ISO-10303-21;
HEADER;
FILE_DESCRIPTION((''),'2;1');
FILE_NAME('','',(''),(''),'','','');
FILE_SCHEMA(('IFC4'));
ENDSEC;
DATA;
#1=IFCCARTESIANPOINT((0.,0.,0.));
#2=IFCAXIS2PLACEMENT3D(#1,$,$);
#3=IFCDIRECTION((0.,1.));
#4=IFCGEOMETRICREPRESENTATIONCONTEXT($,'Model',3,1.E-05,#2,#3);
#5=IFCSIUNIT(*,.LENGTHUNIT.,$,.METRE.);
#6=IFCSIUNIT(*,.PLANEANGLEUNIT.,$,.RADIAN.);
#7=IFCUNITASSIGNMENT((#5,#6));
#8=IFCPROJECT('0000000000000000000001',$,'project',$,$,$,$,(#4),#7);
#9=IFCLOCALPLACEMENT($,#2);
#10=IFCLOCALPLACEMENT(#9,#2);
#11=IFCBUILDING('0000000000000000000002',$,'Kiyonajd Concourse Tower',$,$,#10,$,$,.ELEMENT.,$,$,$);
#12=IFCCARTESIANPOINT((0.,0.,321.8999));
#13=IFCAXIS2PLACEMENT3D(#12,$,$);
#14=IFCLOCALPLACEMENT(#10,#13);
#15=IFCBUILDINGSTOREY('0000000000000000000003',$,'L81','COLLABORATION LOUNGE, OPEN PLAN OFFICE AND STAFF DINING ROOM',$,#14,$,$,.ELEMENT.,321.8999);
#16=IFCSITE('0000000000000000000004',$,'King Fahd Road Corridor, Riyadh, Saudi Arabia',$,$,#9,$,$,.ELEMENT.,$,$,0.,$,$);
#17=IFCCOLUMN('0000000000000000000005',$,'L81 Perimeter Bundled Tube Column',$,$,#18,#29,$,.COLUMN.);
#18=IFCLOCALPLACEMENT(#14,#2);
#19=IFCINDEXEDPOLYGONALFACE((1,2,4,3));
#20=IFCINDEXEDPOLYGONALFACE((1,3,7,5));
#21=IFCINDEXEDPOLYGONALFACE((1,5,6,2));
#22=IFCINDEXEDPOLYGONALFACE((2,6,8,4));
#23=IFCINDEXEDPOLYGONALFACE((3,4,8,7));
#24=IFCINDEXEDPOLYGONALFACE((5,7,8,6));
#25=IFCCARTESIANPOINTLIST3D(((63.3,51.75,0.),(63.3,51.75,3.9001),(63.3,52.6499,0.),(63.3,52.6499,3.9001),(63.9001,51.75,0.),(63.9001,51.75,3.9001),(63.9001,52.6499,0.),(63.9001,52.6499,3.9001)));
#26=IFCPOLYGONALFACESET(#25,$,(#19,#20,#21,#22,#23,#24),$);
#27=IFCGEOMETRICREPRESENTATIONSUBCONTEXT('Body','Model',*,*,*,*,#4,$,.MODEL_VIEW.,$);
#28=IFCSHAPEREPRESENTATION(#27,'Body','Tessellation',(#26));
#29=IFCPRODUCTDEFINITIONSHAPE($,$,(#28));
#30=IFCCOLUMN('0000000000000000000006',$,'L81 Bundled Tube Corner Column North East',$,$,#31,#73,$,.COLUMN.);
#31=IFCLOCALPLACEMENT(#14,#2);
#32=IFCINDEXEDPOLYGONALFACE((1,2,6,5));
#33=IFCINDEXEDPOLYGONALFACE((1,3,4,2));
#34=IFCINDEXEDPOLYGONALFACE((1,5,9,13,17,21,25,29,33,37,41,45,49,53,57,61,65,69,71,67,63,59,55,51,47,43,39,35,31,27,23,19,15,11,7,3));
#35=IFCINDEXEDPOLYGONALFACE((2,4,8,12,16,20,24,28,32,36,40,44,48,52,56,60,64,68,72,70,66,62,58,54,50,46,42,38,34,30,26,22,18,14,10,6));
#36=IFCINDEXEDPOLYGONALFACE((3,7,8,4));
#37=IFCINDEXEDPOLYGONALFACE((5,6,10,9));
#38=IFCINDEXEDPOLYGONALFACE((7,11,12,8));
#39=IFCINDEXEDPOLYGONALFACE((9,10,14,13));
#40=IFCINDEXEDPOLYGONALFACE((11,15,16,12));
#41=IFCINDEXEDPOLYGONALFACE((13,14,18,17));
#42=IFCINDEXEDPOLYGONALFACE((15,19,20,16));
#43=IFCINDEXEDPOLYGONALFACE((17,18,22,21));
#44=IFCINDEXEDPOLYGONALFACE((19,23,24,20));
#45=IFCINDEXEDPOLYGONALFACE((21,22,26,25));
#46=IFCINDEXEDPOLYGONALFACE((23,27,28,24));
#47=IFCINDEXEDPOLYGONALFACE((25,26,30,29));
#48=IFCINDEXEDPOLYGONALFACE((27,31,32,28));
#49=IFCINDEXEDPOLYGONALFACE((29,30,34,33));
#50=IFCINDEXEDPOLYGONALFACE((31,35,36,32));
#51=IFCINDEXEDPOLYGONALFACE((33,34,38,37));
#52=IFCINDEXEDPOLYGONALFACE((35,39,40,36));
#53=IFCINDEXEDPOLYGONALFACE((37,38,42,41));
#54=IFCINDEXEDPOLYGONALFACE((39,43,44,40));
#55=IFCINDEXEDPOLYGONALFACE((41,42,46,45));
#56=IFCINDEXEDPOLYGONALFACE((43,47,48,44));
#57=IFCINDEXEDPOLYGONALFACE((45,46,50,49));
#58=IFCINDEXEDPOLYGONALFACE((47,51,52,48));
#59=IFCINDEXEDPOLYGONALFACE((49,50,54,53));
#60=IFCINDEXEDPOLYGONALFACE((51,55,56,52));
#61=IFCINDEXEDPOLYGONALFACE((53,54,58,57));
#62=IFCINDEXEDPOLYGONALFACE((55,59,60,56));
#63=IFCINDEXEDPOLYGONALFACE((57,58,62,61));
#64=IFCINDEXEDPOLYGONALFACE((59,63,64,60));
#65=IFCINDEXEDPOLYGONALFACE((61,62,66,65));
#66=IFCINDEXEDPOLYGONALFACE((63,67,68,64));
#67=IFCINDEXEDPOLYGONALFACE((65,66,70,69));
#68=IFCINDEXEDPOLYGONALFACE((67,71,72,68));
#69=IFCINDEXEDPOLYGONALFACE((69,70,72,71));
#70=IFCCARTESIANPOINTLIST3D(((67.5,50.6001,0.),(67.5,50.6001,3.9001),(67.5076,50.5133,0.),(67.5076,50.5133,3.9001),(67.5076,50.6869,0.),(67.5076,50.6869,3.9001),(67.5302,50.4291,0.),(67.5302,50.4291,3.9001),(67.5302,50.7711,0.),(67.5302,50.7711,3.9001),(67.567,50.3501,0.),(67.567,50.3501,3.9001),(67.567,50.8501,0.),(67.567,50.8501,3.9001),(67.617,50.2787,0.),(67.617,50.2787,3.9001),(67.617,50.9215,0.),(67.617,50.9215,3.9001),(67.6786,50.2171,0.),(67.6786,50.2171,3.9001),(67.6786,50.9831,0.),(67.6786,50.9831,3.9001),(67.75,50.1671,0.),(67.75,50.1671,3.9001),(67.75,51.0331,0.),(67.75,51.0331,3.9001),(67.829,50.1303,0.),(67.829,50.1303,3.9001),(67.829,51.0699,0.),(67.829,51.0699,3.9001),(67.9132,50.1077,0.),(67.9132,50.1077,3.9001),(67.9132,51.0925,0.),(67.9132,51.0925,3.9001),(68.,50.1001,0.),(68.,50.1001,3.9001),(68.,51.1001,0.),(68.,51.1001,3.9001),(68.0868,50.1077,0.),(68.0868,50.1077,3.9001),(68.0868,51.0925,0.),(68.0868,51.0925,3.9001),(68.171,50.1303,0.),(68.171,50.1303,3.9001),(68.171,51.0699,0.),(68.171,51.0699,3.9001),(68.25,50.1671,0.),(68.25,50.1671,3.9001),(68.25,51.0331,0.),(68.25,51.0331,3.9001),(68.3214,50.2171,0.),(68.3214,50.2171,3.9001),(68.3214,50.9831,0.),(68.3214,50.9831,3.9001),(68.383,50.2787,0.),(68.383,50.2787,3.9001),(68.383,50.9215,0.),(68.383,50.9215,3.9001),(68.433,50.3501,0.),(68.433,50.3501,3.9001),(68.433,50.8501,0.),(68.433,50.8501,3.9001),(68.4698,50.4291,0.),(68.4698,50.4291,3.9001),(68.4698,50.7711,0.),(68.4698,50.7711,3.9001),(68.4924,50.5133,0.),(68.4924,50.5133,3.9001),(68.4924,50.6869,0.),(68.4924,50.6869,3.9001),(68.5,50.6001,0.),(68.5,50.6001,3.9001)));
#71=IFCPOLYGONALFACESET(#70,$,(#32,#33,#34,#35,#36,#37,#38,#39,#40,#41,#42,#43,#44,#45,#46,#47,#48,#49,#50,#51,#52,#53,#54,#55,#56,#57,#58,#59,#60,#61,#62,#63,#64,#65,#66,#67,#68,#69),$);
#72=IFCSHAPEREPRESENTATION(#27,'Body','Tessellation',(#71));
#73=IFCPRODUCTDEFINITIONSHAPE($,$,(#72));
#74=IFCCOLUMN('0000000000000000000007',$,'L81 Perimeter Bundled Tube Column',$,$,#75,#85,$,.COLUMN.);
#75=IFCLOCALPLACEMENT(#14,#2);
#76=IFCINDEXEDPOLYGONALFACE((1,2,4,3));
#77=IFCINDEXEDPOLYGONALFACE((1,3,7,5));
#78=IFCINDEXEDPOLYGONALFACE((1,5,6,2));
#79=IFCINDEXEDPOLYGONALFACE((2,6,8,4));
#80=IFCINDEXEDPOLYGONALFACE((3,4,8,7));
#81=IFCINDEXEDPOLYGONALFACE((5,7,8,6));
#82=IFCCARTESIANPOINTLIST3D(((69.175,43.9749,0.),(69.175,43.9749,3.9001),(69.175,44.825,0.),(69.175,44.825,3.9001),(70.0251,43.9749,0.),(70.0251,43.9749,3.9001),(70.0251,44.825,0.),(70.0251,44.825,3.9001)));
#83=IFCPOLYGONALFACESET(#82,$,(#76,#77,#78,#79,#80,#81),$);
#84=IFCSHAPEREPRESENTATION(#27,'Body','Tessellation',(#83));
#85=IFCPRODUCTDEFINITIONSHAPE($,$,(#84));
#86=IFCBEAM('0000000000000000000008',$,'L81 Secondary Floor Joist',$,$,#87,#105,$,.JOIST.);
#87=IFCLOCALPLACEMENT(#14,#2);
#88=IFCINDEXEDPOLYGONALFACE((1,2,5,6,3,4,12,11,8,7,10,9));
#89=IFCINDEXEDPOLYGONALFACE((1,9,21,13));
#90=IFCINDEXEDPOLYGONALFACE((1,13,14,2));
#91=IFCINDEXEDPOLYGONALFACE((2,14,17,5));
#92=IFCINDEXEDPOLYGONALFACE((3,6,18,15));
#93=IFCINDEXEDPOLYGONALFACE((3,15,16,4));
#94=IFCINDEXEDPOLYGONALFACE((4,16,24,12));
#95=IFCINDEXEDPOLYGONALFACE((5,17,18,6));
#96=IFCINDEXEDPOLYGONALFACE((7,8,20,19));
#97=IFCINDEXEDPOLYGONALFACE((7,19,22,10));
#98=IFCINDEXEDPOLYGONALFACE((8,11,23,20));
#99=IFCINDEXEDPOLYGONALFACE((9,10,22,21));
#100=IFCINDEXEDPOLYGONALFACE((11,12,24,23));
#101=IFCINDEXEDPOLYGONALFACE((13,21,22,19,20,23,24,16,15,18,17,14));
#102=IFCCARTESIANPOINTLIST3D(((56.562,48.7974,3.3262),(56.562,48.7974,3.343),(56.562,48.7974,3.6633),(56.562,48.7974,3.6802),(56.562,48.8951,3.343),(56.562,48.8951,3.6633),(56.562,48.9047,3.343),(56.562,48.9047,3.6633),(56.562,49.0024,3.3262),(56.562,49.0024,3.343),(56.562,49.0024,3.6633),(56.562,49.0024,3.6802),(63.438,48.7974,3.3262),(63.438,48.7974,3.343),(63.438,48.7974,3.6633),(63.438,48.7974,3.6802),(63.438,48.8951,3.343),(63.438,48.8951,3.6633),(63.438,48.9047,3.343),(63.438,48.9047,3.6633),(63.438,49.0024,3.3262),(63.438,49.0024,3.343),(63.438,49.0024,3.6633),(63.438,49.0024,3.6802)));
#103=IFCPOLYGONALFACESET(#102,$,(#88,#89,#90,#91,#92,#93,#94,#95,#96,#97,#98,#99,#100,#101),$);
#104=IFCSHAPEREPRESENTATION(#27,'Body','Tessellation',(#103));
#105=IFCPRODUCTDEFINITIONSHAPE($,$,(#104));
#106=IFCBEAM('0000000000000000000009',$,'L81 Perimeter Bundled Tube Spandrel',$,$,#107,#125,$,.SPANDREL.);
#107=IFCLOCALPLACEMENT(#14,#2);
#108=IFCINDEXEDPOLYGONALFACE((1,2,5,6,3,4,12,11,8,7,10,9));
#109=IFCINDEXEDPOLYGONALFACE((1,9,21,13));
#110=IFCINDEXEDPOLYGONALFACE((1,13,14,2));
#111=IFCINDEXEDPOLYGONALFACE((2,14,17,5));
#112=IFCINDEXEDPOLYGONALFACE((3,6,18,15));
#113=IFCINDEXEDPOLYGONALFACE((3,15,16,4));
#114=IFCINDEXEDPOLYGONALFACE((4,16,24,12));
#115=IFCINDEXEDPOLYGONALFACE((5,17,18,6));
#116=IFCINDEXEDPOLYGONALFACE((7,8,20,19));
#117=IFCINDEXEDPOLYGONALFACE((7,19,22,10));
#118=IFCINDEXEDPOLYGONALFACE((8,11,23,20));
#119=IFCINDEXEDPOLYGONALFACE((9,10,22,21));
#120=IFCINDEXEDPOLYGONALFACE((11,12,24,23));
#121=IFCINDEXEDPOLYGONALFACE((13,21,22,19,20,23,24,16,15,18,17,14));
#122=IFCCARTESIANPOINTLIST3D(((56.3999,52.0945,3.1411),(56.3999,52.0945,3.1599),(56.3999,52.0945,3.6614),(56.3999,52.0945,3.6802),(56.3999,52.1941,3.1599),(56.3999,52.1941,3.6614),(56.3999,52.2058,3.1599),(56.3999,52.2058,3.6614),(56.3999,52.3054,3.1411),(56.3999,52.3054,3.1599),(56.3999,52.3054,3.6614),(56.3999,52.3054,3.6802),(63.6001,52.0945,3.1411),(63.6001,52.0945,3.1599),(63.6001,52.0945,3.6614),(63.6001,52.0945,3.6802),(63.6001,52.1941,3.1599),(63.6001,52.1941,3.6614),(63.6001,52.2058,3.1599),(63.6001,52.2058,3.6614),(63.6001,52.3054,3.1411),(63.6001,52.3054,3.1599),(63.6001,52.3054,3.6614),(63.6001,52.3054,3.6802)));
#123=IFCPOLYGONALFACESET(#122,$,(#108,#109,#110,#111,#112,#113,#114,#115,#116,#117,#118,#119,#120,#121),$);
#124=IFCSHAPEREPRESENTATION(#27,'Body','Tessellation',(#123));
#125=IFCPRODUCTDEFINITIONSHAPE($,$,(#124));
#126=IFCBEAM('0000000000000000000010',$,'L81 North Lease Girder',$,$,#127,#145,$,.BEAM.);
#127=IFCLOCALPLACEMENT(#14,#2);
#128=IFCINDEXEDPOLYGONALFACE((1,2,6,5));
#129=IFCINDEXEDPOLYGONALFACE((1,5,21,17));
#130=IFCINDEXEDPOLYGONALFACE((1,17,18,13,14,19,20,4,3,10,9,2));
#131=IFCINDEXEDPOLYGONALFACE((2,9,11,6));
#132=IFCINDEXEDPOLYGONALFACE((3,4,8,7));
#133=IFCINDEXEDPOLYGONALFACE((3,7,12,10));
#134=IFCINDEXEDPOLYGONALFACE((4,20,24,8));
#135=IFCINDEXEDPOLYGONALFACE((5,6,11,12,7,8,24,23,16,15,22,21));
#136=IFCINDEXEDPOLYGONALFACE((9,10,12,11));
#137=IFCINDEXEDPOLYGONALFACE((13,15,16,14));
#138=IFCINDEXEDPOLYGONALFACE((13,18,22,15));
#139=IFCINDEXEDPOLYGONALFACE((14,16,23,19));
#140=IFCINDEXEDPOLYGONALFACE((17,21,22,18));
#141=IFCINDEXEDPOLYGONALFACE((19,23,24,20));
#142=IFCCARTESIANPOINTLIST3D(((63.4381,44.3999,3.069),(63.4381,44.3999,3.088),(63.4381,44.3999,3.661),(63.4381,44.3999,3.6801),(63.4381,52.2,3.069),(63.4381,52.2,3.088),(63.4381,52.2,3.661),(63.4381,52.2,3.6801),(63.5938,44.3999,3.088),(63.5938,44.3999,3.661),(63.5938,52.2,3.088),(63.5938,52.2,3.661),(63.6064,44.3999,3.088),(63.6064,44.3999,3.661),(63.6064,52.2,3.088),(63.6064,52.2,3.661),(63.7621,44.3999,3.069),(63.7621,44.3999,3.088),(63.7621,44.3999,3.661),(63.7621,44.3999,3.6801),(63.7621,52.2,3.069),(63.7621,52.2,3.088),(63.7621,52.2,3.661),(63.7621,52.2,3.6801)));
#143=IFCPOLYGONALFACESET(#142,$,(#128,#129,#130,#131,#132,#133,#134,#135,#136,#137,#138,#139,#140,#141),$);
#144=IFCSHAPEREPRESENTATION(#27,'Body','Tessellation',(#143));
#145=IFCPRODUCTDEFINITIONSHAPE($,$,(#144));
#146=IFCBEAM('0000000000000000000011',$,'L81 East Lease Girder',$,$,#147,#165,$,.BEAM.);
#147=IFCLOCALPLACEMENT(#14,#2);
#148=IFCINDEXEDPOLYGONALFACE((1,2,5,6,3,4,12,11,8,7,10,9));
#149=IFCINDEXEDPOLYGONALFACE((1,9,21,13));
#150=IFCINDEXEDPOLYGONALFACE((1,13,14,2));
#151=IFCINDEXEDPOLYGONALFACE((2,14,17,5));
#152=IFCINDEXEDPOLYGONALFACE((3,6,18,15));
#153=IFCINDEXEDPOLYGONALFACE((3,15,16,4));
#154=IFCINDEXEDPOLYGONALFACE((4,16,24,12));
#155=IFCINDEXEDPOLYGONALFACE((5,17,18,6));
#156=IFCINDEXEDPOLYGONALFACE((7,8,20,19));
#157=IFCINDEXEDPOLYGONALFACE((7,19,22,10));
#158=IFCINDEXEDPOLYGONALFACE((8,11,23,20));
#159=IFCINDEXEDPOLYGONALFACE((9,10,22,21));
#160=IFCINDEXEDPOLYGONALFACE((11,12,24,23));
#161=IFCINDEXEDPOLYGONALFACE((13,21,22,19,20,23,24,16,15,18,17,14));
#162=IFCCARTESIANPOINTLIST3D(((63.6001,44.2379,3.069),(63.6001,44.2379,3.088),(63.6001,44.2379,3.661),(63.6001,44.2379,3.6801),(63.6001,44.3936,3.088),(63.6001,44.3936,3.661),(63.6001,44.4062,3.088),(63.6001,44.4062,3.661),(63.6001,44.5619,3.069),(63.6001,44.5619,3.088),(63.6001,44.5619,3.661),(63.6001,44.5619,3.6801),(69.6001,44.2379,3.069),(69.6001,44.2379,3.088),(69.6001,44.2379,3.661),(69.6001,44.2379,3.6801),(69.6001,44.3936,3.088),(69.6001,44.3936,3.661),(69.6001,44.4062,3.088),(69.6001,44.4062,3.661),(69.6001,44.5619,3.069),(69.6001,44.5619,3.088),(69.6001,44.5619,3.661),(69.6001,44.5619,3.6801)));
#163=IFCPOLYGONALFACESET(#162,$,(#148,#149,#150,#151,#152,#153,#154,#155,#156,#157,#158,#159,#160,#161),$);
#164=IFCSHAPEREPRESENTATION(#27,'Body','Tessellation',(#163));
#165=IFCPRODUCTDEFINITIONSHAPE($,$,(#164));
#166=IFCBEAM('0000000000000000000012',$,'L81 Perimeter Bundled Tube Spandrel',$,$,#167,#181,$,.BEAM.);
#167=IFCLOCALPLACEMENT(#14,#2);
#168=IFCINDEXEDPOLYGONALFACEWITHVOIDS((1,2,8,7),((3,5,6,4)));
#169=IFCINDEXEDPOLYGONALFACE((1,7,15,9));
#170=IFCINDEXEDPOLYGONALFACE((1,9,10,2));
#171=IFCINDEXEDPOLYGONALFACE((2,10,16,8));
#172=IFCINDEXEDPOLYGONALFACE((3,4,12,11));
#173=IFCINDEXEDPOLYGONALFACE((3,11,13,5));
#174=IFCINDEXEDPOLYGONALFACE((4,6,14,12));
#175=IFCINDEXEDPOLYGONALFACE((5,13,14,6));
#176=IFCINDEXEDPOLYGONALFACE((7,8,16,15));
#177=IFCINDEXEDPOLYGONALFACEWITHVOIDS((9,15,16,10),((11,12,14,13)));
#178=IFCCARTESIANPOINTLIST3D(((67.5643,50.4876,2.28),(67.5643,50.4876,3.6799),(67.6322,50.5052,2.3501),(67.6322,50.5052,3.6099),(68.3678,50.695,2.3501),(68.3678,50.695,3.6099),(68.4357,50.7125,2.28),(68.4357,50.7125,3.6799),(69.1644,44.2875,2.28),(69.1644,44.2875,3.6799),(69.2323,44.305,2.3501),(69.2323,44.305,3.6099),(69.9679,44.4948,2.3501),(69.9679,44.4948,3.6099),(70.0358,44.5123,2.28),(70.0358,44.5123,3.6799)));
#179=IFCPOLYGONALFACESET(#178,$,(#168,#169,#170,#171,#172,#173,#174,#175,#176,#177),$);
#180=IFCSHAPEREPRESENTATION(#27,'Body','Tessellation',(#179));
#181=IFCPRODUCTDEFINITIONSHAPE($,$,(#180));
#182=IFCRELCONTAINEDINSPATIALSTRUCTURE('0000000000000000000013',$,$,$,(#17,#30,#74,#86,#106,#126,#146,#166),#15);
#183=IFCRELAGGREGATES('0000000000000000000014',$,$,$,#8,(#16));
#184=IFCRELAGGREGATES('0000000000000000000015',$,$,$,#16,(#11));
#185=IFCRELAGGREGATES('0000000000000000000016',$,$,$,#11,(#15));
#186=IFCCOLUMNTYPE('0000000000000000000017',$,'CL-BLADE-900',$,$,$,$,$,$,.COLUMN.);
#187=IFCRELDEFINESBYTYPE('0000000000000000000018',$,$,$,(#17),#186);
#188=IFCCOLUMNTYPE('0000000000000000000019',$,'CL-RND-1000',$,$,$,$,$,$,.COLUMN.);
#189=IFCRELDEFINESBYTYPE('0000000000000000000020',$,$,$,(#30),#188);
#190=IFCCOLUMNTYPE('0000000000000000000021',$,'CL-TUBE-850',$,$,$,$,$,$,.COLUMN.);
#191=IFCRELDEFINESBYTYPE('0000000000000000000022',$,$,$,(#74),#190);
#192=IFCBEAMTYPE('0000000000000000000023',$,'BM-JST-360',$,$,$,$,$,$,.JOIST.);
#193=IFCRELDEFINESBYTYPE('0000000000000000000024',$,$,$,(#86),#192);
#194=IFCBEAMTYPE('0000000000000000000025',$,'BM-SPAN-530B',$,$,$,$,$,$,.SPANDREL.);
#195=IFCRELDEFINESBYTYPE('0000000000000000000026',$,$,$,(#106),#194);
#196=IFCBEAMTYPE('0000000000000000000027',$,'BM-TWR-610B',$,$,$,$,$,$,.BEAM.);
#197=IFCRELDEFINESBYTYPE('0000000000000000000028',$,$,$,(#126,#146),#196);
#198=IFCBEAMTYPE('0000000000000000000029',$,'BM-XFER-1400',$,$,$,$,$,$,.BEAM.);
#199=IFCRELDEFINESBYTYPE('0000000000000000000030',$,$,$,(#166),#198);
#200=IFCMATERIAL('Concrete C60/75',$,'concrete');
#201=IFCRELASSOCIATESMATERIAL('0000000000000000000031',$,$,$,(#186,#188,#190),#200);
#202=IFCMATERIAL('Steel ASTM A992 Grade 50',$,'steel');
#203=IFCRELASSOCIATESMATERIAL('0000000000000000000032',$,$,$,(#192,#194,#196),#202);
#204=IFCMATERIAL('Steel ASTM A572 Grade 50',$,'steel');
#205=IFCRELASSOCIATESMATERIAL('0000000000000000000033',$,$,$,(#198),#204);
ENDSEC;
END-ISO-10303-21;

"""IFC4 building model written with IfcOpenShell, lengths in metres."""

from ifc_helpers import new_model, si_unit, direction, frame, origin, origin_2d, place, context, subcontext, project, spatial, rectangle, hollow_rectangle, circle, i_section, extrude, material, material_profile, profile_set, type_object, element, save


model = new_model("IFC4")

# Units and contexts
model_context = context("Model", 3, precision=1e-05, world=origin(), true_north=direction((0.0, 1.0)))
body_context = subcontext(model_context, "Body", "Model", "MODEL_VIEW")
ifc_project = project(units=[si_unit("LENGTHUNIT", "METRE"), si_unit("PLANEANGLEUNIT", "RADIAN")], contexts=[model_context])

# Site, building, storey
site_placement = place(None, origin())
site = spatial("IfcSite", under=ifc_project, at=site_placement, Name="King Fahd Road Corridor, Riyadh, Saudi Arabia", CompositionType="ELEMENT", RefElevation=0.0)
building_placement = place(site_placement, origin())
building = spatial("IfcBuilding", under=site, at=building_placement, Name="Kiyonajd Concourse Tower", CompositionType="ELEMENT")
storey_placement = place(building_placement, frame((0.0, 0.0, 321.8999)))
storey = spatial("IfcBuildingStorey", under=building, at=storey_placement, Name="L81", Description="COLLABORATION LOUNGE, OPEN PLAN OFFICE AND STAFF DINING ROOM", CompositionType="ELEMENT", Elevation=321.8999)

# Columns
ifc_material_1 = material(Name="Concrete C60/75", Category="concrete")
ifc_material_profile_1 = material_profile(ifc_material_1, rectangle(XDim=0.6001, YDim=0.8999, at=origin_2d()), Name="RC-900x600")
ifc_profile_set_1 = profile_set([ifc_material_profile_1], Name="Concrete C60/75")
column_type_1 = type_object("IfcColumnType", Name="CL-BLADE-900", PredefinedType="COLUMN", material=ifc_profile_set_1)
column_1_placement = place(storey_placement, frame((63.6001, 52.2, 0.0), z_axis=(0.0, 0.0, 1.0), x_axis=(1.0, 0.0, 0.0)))
element("IfcColumn", 1, at=column_1_placement, inside=storey, type_object=column_type_1, Name="L81 Perimeter Bundled Tube Column", PredefinedType="COLUMN", context=body_context, shape_type="SweptSolid", body=[
    extrude(rectangle(XDim=0.6001, YDim=0.8999, at=origin_2d()), origin(), (0.0, 0.0, 1.0), 3.9001),
])
ifc_material_profile_2 = material_profile(ifc_material_1, circle(Radius=0.5, at=origin_2d()), Name="RCC-D1000")
ifc_profile_set_2 = profile_set([ifc_material_profile_2], Name="Concrete C60/75")
column_type_2 = type_object("IfcColumnType", Name="CL-RND-1000", PredefinedType="COLUMN", material=ifc_profile_set_2)
column_2_placement = place(storey_placement, frame((68.0, 50.6001, 0.0), z_axis=(0.0, 0.0, 1.0), x_axis=(1.0, 0.0, 0.0)))
element("IfcColumn", 2, at=column_2_placement, inside=storey, type_object=column_type_2, Name="L81 Bundled Tube Corner Column North East", PredefinedType="COLUMN", context=body_context, shape_type="SweptSolid", body=[
    extrude(circle(Radius=0.5, at=origin_2d()), origin(), (0.0, 0.0, 1.0), 3.9001),
])
ifc_material_profile_3 = material_profile(ifc_material_1, rectangle(XDim=0.8501, YDim=0.8501, at=origin_2d()), Name="RC-850x850")
ifc_profile_set_3 = profile_set([ifc_material_profile_3], Name="Concrete C60/75")
column_type_3 = type_object("IfcColumnType", Name="CL-TUBE-850", PredefinedType="COLUMN", material=ifc_profile_set_3)
column_3_placement = place(storey_placement, frame((69.6001, 44.3999, 0.0), z_axis=(0.0, 0.0, 1.0), x_axis=(1.0, 0.0, 0.0)))
element("IfcColumn", 3, at=column_3_placement, inside=storey, type_object=column_type_3, Name="L81 Perimeter Bundled Tube Column", PredefinedType="COLUMN", context=body_context, shape_type="SweptSolid", body=[
    extrude(rectangle(XDim=0.8501, YDim=0.8501, at=origin_2d()), origin(), (0.0, 0.0, 1.0), 3.9001),
])

# Beams
ifc_material_2 = material(Name="Steel ASTM A992 Grade 50", Category="steel")
ifc_material_profile_4 = material_profile(ifc_material_2, i_section(OverallWidth=0.2051, OverallDepth=0.354, WebThickness=0.0095, FlangeThickness=0.0168, at=origin_2d()), Name="W360X79")
ifc_profile_set_4 = profile_set([ifc_material_profile_4], Name="Steel ASTM A992 Grade 50")
beam_type_1 = type_object("IfcBeamType", Name="BM-JST-360", PredefinedType="JOIST", material=ifc_profile_set_4)
beam_1_placement = place(storey_placement, frame((56.562, 48.8999, 3.5032), z_axis=(1.0, 0.0, 0.0), x_axis=(0.0, 1.0, 0.0)))
element("IfcBeam", 4, at=beam_1_placement, inside=storey, type_object=beam_type_1, Name="L81 Secondary Floor Joist", PredefinedType="JOIST", context=body_context, shape_type="SweptSolid", body=[
    extrude(i_section(OverallWidth=0.2051, OverallDepth=0.354, WebThickness=0.0095, FlangeThickness=0.0168, at=origin_2d()), origin(), (0.0, 0.0, 1.0), 6.876),
])
ifc_material_profile_5 = material_profile(ifc_material_2, i_section(OverallWidth=0.2109, OverallDepth=0.5391, WebThickness=0.0117, FlangeThickness=0.0188, at=origin_2d()), Name="W530X109")
ifc_profile_set_5 = profile_set([ifc_material_profile_5], Name="Steel ASTM A992 Grade 50")
beam_type_2 = type_object("IfcBeamType", Name="BM-SPAN-530B", PredefinedType="SPANDREL", material=ifc_profile_set_5)
beam_2_placement = place(storey_placement, frame((63.6001, 52.2, 3.4106), z_axis=(-1.0, 0.0, 0.0), x_axis=(0.0, -1.0, 0.0)))
element("IfcBeam", 5, at=beam_2_placement, inside=storey, type_object=beam_type_2, Name="L81 Perimeter Bundled Tube Spandrel", PredefinedType="SPANDREL", context=body_context, shape_type="SweptSolid", body=[
    extrude(i_section(OverallWidth=0.2109, OverallDepth=0.5391, WebThickness=0.0117, FlangeThickness=0.0188, at=origin_2d()), origin(), (0.0, 0.0, 1.0), 7.2002),
])
ifc_material_profile_6 = material_profile(ifc_material_2, i_section(OverallWidth=0.324, OverallDepth=0.6111, WebThickness=0.0127, FlangeThickness=0.019, at=origin_2d()), Name="W610X155")
ifc_profile_set_6 = profile_set([ifc_material_profile_6], Name="Steel ASTM A992 Grade 50")
beam_type_3 = type_object("IfcBeamType", Name="BM-TWR-610B", PredefinedType="BEAM", material=ifc_profile_set_6)
beam_3_placement = place(storey_placement, frame((63.6001, 44.3999, 3.3745), z_axis=(0.0, 1.0, 0.0), x_axis=(-1.0, 0.0, 0.0)))
element("IfcBeam", 6, at=beam_3_placement, inside=storey, type_object=beam_type_3, Name="L81 North Lease Girder", PredefinedType="BEAM", context=body_context, shape_type="SweptSolid", body=[
    extrude(i_section(OverallWidth=0.324, OverallDepth=0.6111, WebThickness=0.0127, FlangeThickness=0.019, at=origin_2d()), origin(), (0.0, 0.0, 1.0), 7.8),
])
beam_4_placement = place(storey_placement, frame((63.6001, 44.3999, 3.3745), z_axis=(1.0, 0.0, 0.0), x_axis=(0.0, 1.0, 0.0)))
element("IfcBeam", 7, at=beam_4_placement, inside=storey, type_object=beam_type_3, Name="L81 East Lease Girder", PredefinedType="BEAM", context=body_context, shape_type="SweptSolid", body=[
    extrude(i_section(OverallWidth=0.324, OverallDepth=0.6111, WebThickness=0.0127, FlangeThickness=0.019, at=origin_2d()), origin(), (0.0, 0.0, 1.0), 6.0),
])
ifc_material_3 = material(Name="Steel ASTM A572 Grade 50", Category="steel")
ifc_material_profile_7 = material_profile(ifc_material_3, hollow_rectangle(XDim=0.8999, YDim=1.3999, WallThickness=0.0701, at=origin_2d()), Name="BOX-1400x900x70")
ifc_profile_set_7 = profile_set([ifc_material_profile_7], Name="Steel ASTM A572 Grade 50")
beam_type_4 = type_object("IfcBeamType", Name="BM-XFER-1400", PredefinedType="BEAM", material=ifc_profile_set_7)
beam_5_placement = place(storey_placement, frame((69.6001, 44.3999, 2.98), z_axis=(-0.249885, 0.968276, 0.0), x_axis=(-0.968276, -0.249885, 0.0)))
element("IfcBeam", 8, at=beam_5_placement, inside=storey, type_object=beam_type_4, Name="L81 Perimeter Bundled Tube Spandrel", PredefinedType="BEAM", context=body_context, shape_type="SweptSolid", body=[
    extrude(hollow_rectangle(XDim=0.8999, YDim=1.3999, WallThickness=0.0701, at=origin_2d()), origin(), (0.0, 0.0, 1.0), 6.4033),
])

save(model, "model.ifc")
